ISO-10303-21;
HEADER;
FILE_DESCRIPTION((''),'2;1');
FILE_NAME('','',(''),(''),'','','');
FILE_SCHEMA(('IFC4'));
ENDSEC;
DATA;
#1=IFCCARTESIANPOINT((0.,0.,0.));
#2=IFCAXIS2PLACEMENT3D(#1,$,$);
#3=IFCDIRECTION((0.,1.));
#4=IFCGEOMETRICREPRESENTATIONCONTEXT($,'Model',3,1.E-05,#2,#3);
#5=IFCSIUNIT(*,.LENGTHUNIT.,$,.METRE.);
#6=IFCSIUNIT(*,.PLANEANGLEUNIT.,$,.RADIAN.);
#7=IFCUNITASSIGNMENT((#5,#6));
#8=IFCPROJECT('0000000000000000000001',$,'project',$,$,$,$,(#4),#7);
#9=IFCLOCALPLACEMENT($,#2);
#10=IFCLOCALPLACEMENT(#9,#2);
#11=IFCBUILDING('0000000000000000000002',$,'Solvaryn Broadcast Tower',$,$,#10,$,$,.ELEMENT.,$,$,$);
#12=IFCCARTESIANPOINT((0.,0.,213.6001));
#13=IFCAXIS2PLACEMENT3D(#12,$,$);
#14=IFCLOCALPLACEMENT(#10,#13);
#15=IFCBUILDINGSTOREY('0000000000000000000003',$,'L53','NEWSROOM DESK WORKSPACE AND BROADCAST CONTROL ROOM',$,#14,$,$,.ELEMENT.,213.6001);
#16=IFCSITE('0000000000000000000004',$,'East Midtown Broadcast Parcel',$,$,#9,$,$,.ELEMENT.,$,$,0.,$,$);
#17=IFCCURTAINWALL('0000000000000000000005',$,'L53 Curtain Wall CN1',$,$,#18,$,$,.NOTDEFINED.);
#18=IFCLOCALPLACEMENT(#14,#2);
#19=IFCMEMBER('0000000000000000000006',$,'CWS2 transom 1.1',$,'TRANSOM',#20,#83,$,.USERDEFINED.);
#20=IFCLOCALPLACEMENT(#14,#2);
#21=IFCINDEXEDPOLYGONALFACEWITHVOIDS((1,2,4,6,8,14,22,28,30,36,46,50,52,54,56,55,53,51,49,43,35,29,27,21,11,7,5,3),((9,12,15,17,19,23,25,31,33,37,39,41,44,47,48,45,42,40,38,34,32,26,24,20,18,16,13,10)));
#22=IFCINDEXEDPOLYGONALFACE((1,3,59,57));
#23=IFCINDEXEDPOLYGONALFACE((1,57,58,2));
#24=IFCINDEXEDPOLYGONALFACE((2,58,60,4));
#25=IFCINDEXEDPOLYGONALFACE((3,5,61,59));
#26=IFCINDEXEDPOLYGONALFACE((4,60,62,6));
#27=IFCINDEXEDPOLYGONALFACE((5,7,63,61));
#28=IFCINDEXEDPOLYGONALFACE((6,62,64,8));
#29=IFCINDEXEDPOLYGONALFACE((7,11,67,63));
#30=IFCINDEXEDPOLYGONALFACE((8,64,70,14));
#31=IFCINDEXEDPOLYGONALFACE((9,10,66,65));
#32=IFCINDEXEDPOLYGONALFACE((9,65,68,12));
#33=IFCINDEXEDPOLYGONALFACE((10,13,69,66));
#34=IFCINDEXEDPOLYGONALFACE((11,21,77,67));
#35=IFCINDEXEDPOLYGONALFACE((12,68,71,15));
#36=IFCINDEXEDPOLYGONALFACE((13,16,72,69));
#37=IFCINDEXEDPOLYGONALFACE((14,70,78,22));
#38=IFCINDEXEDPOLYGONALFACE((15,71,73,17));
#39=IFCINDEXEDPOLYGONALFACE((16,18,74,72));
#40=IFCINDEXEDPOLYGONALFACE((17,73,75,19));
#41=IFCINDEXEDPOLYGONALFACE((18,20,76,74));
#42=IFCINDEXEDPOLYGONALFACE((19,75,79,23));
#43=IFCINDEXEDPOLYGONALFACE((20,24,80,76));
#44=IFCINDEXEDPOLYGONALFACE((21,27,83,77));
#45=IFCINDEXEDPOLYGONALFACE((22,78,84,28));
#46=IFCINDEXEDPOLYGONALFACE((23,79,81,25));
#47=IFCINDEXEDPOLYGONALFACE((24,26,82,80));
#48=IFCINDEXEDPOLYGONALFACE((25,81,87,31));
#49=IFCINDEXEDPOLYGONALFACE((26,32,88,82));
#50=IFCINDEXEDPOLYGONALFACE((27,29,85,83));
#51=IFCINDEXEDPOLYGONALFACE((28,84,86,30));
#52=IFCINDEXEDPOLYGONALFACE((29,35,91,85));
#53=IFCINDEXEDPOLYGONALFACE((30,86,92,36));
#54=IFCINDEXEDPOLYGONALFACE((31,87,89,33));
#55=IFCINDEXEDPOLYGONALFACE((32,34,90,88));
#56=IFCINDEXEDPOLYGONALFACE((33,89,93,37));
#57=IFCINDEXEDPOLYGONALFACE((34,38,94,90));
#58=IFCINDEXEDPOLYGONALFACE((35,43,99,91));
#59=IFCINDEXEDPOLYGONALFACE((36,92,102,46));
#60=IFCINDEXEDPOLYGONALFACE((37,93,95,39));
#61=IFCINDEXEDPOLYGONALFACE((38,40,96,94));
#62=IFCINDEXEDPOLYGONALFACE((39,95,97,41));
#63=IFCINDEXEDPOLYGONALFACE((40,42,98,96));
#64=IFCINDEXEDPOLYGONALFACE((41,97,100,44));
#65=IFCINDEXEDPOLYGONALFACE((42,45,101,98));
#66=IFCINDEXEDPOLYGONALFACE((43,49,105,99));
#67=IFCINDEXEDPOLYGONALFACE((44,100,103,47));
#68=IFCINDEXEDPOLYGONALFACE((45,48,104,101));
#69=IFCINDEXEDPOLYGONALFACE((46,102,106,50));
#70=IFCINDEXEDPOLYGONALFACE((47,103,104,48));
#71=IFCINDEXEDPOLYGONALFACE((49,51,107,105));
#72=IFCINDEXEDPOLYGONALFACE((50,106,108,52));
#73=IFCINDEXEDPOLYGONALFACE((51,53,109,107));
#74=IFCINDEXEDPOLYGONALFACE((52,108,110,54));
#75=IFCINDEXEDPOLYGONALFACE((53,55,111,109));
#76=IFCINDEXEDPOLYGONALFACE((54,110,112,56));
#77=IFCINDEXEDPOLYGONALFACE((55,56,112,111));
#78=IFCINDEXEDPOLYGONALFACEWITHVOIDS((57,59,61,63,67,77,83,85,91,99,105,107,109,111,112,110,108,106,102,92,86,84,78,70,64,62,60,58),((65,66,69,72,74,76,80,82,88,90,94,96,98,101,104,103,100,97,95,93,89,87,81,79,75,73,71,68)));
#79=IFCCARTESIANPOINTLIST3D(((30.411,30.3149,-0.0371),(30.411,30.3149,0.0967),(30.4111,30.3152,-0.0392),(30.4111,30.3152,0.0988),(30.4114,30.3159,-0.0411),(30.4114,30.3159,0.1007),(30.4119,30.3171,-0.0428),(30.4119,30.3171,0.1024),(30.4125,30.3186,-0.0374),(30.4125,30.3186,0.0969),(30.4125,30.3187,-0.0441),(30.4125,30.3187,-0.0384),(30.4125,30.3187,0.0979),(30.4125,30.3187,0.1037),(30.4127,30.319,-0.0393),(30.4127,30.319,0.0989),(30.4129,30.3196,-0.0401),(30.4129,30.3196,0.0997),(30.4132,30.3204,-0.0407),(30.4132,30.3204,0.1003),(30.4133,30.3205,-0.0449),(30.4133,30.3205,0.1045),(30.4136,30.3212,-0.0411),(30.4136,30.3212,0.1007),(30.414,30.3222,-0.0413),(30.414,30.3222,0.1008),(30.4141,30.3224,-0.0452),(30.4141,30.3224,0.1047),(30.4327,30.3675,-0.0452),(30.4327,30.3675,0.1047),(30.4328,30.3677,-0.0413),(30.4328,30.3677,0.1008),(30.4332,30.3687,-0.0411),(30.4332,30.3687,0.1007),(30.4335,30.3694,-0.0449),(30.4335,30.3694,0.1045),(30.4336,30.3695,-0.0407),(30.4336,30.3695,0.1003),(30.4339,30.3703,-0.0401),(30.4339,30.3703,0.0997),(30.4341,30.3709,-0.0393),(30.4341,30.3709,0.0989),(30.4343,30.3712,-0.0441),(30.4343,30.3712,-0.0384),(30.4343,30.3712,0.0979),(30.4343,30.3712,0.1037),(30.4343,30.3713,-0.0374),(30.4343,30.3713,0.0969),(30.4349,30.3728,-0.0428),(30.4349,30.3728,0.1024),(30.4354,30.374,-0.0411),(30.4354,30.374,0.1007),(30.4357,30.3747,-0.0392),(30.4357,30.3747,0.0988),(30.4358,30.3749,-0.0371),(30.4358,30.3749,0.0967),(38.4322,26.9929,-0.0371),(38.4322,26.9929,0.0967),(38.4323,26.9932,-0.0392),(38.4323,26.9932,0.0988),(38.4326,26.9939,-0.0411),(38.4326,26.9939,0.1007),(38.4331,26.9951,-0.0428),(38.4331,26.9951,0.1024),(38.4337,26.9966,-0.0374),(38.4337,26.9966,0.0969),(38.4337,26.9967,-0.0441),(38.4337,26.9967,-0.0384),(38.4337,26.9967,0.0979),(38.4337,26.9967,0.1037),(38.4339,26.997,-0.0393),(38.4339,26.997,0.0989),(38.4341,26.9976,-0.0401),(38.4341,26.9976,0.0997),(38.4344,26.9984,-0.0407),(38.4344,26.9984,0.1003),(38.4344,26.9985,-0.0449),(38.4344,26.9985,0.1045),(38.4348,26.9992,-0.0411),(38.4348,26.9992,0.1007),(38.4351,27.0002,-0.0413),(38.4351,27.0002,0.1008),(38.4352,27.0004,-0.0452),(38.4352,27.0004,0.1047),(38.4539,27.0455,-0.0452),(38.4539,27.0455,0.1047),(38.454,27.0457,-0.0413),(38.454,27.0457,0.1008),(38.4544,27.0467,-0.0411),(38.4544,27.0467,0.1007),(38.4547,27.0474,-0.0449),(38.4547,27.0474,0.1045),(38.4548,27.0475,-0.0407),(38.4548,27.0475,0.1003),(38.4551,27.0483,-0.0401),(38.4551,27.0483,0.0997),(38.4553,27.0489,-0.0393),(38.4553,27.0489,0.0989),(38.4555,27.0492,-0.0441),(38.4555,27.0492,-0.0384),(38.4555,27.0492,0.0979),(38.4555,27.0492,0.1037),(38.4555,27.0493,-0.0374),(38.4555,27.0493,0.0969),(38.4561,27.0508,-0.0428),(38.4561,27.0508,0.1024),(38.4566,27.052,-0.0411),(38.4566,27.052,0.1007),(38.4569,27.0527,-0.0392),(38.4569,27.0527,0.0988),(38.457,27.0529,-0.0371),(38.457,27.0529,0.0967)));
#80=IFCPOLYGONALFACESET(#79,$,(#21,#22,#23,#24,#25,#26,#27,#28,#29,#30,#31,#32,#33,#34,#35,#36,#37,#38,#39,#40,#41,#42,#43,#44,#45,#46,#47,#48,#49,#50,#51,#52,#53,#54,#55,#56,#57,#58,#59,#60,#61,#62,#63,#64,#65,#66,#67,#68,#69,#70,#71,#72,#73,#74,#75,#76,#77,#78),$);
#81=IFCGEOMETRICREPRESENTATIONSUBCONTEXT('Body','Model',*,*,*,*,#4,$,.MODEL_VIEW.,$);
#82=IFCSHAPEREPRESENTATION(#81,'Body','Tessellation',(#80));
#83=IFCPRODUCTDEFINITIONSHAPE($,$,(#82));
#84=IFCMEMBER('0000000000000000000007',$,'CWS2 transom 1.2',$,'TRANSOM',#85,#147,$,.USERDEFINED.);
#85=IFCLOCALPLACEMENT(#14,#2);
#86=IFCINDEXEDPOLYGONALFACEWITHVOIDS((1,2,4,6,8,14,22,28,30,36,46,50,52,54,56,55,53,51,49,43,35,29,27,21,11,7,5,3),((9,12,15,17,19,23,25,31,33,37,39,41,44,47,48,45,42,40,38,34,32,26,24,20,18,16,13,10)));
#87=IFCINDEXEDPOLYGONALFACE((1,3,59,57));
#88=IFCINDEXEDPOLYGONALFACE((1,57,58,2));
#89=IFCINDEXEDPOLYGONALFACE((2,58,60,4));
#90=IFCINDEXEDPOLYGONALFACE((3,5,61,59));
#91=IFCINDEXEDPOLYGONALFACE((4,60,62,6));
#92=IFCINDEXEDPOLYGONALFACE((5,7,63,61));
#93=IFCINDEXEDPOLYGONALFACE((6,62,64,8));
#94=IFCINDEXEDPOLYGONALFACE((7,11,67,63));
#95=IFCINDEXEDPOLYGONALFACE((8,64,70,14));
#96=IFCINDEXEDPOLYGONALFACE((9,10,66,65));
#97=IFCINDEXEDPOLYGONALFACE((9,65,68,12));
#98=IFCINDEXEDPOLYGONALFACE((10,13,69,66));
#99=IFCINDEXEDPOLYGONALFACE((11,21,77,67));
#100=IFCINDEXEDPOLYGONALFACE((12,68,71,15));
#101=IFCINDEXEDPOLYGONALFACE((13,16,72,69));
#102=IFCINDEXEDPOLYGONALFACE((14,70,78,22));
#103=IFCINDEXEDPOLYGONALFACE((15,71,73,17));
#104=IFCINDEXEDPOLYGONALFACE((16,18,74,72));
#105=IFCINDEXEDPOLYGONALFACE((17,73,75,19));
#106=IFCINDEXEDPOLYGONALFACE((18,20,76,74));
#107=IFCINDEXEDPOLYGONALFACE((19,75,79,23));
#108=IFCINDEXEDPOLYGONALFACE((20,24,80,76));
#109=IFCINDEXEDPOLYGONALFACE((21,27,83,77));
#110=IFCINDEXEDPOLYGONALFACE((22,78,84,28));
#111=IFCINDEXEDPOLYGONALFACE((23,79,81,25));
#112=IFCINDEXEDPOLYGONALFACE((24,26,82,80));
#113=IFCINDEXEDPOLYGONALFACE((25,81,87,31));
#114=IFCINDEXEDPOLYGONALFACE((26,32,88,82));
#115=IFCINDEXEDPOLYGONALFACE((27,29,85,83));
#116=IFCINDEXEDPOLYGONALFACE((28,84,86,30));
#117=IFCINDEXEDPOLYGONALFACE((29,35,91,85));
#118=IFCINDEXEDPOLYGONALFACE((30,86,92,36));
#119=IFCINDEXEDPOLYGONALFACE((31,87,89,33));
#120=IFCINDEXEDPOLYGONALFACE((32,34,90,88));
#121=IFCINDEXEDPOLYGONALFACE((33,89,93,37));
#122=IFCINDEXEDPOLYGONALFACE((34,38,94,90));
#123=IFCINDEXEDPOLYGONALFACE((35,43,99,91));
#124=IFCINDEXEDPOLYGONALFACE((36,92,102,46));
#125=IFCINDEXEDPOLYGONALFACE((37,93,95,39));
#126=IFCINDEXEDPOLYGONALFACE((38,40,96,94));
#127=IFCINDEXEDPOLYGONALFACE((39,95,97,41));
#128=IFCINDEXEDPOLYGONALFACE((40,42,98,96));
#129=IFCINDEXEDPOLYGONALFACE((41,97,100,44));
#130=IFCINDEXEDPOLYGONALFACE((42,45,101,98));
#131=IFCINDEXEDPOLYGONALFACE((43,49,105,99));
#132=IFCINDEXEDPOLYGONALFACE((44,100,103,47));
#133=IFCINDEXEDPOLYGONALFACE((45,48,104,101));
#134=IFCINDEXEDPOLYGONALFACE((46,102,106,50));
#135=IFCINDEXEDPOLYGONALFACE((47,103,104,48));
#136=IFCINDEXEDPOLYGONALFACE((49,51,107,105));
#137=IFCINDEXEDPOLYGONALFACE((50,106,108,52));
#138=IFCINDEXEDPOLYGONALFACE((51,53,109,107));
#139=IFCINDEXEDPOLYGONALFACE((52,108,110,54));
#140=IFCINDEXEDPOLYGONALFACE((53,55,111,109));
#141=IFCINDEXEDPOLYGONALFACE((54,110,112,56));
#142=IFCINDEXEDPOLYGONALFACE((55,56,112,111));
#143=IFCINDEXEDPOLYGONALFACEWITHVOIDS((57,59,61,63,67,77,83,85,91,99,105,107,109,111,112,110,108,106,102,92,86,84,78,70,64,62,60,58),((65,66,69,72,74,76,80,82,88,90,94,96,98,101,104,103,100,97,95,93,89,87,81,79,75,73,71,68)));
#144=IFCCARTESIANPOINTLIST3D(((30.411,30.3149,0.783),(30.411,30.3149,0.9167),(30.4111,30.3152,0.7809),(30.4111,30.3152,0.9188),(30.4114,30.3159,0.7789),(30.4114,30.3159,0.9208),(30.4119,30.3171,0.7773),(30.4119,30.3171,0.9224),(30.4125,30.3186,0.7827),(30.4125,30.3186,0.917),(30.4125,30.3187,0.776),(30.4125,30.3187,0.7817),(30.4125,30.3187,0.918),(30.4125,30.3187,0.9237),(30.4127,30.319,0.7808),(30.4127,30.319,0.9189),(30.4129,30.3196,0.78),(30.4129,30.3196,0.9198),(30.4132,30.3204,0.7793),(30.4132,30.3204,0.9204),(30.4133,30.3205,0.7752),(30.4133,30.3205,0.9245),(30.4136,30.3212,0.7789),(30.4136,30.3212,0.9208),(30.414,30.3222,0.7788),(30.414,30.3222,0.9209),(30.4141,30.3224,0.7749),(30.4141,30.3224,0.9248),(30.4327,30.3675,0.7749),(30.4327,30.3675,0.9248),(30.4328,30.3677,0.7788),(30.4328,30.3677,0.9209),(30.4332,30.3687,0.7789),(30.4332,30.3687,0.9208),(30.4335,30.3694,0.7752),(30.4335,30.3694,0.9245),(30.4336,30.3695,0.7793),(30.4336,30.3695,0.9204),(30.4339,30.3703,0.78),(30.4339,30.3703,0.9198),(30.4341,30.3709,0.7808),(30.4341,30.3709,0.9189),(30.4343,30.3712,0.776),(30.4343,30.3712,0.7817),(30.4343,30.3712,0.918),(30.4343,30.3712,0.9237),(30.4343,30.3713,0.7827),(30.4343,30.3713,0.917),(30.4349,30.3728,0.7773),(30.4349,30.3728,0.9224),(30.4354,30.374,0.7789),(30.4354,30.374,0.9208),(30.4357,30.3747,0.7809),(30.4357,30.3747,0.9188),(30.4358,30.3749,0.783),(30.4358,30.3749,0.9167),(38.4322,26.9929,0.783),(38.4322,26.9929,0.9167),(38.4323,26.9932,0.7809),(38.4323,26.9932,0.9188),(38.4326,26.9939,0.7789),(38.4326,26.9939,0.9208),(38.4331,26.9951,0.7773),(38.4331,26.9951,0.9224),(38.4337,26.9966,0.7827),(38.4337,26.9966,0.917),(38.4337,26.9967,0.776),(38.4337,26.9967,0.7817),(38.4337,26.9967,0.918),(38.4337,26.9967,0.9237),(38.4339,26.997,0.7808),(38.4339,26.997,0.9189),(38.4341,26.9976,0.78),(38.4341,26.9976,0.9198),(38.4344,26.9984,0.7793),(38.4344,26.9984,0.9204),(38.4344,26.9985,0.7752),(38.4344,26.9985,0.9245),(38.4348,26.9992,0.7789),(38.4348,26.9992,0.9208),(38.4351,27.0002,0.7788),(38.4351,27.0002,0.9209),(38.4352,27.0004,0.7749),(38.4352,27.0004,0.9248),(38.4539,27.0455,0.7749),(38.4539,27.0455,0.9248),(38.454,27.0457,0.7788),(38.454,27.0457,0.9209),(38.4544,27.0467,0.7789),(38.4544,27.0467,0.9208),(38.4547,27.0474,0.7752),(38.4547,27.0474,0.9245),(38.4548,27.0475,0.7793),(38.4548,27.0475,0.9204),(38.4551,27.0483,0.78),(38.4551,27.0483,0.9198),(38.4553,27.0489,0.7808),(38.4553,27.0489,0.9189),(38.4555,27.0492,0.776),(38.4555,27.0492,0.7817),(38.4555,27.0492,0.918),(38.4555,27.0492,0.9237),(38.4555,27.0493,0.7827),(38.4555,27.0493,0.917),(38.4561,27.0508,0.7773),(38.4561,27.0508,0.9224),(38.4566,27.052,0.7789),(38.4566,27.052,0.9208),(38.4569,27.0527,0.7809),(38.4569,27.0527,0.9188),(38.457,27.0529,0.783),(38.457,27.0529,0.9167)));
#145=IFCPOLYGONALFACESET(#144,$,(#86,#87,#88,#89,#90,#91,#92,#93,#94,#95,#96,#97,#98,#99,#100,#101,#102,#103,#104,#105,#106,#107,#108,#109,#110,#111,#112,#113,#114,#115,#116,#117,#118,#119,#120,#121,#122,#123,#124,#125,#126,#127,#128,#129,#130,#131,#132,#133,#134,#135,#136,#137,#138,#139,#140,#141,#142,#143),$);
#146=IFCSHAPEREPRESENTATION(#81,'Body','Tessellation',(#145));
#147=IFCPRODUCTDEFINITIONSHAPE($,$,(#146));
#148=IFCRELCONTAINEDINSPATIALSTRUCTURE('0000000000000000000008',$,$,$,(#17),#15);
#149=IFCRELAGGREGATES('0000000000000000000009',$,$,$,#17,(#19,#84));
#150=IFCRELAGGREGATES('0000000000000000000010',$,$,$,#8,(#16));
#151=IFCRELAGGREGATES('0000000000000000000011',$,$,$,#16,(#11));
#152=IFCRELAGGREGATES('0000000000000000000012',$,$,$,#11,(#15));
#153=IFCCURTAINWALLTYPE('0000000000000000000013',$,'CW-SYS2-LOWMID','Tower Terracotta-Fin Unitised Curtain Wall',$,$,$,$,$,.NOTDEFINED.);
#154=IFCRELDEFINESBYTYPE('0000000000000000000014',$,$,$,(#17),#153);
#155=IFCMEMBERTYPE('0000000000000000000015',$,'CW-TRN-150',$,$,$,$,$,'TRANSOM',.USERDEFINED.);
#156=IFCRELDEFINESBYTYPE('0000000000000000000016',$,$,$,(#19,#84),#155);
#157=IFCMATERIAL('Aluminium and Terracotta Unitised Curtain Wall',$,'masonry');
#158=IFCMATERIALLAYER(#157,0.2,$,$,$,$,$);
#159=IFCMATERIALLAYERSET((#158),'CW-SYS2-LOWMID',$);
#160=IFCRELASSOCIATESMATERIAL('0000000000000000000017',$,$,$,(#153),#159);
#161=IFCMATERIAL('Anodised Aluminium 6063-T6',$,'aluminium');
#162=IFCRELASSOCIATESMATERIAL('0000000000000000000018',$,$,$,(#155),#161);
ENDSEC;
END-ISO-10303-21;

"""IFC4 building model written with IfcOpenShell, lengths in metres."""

from ifc_helpers import new_model, si_unit, direction, frame, origin, origin_2d, place, context, subcontext, project, spatial, hollow_rectangle, extrude, material, layer, layer_set, material_profile, profile_set, type_object, element, aggregate, save


model = new_model("IFC4")

# Units and contexts
model_context = context("Model", 3, precision=1e-05, world=origin(), true_north=direction((0.0, 1.0)))
body_context = subcontext(model_context, "Body", "Model", "MODEL_VIEW")
ifc_project = project(units=[si_unit("LENGTHUNIT", "METRE"), si_unit("PLANEANGLEUNIT", "RADIAN")], contexts=[model_context])

# Site, building, storey
site_placement = place(None, origin())
site = spatial("IfcSite", under=ifc_project, at=site_placement, Name="East Midtown Broadcast Parcel", CompositionType="ELEMENT", RefElevation=0.0)
building_placement = place(site_placement, origin())
building = spatial("IfcBuilding", under=site, at=building_placement, Name="Solvaryn Broadcast Tower", CompositionType="ELEMENT")
storey_placement = place(building_placement, frame((0.0, 0.0, 213.6001)))
storey = spatial("IfcBuildingStorey", under=building, at=storey_placement, Name="L53", Description="NEWSROOM DESK WORKSPACE AND BROADCAST CONTROL ROOM", CompositionType="ELEMENT", Elevation=213.6001)

# Curtain wall
ifc_material_1 = material(Name="Aluminium and Terracotta Unitised Curtain Wall", Category="masonry")
ifc_layer_1 = layer(ifc_material_1, 0.2)
ifc_layer_set_1 = layer_set([ifc_layer_1], Name="CW-SYS2-LOWMID")
curtain_wall_type = type_object("IfcCurtainWallType", Name="CW-SYS2-LOWMID", Description="Tower Terracotta-Fin Unitised Curtain Wall", PredefinedType="NOTDEFINED", material=ifc_layer_set_1)
curtain_wall_1_placement = place(storey_placement, origin())
curtain_wall_1 = element("IfcCurtainWall", 1, at=curtain_wall_1_placement, inside=storey, type_object=curtain_wall_type, Name="L53 Curtain Wall CN1", PredefinedType="NOTDEFINED")

# Members
ifc_material_2 = material(Name="Anodised Aluminium 6063-T6", Category="aluminium")
ifc_material_profile_1 = material_profile(ifc_material_2, hollow_rectangle(XDim=0.0649, YDim=0.1499, WallThickness=0.0039, InnerFilletRadius=0.0039, OuterFilletRadius=0.0081, at=origin_2d()))
ifc_profile_set_1 = profile_set([ifc_material_profile_1], Name="Anodised Aluminium 6063-T6")
member_type_1 = type_object("IfcMemberType", Name="CW-TRN-150", ElementType="TRANSOM", PredefinedType="USERDEFINED", material=ifc_profile_set_1)
member_1_placement = place(storey_placement, frame((38.4446, 27.0229, 0.0298), z_axis=(-0.923899, 0.382636, 0.0), x_axis=(-0.382636, -0.923899, 0.0)))
member_1 = element("IfcMember", 2, at=member_1_placement, type_object=member_type_1, Name="CWS2 transom 1.1", ObjectType="TRANSOM", PredefinedType="USERDEFINED", context=body_context, shape_type="SweptSolid", body=[
    extrude(hollow_rectangle(XDim=0.0649, YDim=0.1499, WallThickness=0.0039, InnerFilletRadius=0.0039, OuterFilletRadius=0.0081, at=origin_2d()), origin(), (0.0, 0.0, 1.0), 8.6819),
])
member_2_placement = place(storey_placement, frame((38.4446, 27.0229, 0.8499), z_axis=(-0.923899, 0.382636, 0.0), x_axis=(-0.382636, -0.923899, 0.0)))
member_2 = element("IfcMember", 3, at=member_2_placement, type_object=member_type_1, Name="CWS2 transom 1.2", ObjectType="TRANSOM", PredefinedType="USERDEFINED", context=body_context, shape_type="SweptSolid", body=[
    extrude(hollow_rectangle(XDim=0.0649, YDim=0.1499, WallThickness=0.0039, InnerFilletRadius=0.0039, OuterFilletRadius=0.0081, at=origin_2d()), origin(), (0.0, 0.0, 1.0), 8.6819),
])

aggregate(curtain_wall_1, [member_1, member_2])

save(model, "model.ifc")
